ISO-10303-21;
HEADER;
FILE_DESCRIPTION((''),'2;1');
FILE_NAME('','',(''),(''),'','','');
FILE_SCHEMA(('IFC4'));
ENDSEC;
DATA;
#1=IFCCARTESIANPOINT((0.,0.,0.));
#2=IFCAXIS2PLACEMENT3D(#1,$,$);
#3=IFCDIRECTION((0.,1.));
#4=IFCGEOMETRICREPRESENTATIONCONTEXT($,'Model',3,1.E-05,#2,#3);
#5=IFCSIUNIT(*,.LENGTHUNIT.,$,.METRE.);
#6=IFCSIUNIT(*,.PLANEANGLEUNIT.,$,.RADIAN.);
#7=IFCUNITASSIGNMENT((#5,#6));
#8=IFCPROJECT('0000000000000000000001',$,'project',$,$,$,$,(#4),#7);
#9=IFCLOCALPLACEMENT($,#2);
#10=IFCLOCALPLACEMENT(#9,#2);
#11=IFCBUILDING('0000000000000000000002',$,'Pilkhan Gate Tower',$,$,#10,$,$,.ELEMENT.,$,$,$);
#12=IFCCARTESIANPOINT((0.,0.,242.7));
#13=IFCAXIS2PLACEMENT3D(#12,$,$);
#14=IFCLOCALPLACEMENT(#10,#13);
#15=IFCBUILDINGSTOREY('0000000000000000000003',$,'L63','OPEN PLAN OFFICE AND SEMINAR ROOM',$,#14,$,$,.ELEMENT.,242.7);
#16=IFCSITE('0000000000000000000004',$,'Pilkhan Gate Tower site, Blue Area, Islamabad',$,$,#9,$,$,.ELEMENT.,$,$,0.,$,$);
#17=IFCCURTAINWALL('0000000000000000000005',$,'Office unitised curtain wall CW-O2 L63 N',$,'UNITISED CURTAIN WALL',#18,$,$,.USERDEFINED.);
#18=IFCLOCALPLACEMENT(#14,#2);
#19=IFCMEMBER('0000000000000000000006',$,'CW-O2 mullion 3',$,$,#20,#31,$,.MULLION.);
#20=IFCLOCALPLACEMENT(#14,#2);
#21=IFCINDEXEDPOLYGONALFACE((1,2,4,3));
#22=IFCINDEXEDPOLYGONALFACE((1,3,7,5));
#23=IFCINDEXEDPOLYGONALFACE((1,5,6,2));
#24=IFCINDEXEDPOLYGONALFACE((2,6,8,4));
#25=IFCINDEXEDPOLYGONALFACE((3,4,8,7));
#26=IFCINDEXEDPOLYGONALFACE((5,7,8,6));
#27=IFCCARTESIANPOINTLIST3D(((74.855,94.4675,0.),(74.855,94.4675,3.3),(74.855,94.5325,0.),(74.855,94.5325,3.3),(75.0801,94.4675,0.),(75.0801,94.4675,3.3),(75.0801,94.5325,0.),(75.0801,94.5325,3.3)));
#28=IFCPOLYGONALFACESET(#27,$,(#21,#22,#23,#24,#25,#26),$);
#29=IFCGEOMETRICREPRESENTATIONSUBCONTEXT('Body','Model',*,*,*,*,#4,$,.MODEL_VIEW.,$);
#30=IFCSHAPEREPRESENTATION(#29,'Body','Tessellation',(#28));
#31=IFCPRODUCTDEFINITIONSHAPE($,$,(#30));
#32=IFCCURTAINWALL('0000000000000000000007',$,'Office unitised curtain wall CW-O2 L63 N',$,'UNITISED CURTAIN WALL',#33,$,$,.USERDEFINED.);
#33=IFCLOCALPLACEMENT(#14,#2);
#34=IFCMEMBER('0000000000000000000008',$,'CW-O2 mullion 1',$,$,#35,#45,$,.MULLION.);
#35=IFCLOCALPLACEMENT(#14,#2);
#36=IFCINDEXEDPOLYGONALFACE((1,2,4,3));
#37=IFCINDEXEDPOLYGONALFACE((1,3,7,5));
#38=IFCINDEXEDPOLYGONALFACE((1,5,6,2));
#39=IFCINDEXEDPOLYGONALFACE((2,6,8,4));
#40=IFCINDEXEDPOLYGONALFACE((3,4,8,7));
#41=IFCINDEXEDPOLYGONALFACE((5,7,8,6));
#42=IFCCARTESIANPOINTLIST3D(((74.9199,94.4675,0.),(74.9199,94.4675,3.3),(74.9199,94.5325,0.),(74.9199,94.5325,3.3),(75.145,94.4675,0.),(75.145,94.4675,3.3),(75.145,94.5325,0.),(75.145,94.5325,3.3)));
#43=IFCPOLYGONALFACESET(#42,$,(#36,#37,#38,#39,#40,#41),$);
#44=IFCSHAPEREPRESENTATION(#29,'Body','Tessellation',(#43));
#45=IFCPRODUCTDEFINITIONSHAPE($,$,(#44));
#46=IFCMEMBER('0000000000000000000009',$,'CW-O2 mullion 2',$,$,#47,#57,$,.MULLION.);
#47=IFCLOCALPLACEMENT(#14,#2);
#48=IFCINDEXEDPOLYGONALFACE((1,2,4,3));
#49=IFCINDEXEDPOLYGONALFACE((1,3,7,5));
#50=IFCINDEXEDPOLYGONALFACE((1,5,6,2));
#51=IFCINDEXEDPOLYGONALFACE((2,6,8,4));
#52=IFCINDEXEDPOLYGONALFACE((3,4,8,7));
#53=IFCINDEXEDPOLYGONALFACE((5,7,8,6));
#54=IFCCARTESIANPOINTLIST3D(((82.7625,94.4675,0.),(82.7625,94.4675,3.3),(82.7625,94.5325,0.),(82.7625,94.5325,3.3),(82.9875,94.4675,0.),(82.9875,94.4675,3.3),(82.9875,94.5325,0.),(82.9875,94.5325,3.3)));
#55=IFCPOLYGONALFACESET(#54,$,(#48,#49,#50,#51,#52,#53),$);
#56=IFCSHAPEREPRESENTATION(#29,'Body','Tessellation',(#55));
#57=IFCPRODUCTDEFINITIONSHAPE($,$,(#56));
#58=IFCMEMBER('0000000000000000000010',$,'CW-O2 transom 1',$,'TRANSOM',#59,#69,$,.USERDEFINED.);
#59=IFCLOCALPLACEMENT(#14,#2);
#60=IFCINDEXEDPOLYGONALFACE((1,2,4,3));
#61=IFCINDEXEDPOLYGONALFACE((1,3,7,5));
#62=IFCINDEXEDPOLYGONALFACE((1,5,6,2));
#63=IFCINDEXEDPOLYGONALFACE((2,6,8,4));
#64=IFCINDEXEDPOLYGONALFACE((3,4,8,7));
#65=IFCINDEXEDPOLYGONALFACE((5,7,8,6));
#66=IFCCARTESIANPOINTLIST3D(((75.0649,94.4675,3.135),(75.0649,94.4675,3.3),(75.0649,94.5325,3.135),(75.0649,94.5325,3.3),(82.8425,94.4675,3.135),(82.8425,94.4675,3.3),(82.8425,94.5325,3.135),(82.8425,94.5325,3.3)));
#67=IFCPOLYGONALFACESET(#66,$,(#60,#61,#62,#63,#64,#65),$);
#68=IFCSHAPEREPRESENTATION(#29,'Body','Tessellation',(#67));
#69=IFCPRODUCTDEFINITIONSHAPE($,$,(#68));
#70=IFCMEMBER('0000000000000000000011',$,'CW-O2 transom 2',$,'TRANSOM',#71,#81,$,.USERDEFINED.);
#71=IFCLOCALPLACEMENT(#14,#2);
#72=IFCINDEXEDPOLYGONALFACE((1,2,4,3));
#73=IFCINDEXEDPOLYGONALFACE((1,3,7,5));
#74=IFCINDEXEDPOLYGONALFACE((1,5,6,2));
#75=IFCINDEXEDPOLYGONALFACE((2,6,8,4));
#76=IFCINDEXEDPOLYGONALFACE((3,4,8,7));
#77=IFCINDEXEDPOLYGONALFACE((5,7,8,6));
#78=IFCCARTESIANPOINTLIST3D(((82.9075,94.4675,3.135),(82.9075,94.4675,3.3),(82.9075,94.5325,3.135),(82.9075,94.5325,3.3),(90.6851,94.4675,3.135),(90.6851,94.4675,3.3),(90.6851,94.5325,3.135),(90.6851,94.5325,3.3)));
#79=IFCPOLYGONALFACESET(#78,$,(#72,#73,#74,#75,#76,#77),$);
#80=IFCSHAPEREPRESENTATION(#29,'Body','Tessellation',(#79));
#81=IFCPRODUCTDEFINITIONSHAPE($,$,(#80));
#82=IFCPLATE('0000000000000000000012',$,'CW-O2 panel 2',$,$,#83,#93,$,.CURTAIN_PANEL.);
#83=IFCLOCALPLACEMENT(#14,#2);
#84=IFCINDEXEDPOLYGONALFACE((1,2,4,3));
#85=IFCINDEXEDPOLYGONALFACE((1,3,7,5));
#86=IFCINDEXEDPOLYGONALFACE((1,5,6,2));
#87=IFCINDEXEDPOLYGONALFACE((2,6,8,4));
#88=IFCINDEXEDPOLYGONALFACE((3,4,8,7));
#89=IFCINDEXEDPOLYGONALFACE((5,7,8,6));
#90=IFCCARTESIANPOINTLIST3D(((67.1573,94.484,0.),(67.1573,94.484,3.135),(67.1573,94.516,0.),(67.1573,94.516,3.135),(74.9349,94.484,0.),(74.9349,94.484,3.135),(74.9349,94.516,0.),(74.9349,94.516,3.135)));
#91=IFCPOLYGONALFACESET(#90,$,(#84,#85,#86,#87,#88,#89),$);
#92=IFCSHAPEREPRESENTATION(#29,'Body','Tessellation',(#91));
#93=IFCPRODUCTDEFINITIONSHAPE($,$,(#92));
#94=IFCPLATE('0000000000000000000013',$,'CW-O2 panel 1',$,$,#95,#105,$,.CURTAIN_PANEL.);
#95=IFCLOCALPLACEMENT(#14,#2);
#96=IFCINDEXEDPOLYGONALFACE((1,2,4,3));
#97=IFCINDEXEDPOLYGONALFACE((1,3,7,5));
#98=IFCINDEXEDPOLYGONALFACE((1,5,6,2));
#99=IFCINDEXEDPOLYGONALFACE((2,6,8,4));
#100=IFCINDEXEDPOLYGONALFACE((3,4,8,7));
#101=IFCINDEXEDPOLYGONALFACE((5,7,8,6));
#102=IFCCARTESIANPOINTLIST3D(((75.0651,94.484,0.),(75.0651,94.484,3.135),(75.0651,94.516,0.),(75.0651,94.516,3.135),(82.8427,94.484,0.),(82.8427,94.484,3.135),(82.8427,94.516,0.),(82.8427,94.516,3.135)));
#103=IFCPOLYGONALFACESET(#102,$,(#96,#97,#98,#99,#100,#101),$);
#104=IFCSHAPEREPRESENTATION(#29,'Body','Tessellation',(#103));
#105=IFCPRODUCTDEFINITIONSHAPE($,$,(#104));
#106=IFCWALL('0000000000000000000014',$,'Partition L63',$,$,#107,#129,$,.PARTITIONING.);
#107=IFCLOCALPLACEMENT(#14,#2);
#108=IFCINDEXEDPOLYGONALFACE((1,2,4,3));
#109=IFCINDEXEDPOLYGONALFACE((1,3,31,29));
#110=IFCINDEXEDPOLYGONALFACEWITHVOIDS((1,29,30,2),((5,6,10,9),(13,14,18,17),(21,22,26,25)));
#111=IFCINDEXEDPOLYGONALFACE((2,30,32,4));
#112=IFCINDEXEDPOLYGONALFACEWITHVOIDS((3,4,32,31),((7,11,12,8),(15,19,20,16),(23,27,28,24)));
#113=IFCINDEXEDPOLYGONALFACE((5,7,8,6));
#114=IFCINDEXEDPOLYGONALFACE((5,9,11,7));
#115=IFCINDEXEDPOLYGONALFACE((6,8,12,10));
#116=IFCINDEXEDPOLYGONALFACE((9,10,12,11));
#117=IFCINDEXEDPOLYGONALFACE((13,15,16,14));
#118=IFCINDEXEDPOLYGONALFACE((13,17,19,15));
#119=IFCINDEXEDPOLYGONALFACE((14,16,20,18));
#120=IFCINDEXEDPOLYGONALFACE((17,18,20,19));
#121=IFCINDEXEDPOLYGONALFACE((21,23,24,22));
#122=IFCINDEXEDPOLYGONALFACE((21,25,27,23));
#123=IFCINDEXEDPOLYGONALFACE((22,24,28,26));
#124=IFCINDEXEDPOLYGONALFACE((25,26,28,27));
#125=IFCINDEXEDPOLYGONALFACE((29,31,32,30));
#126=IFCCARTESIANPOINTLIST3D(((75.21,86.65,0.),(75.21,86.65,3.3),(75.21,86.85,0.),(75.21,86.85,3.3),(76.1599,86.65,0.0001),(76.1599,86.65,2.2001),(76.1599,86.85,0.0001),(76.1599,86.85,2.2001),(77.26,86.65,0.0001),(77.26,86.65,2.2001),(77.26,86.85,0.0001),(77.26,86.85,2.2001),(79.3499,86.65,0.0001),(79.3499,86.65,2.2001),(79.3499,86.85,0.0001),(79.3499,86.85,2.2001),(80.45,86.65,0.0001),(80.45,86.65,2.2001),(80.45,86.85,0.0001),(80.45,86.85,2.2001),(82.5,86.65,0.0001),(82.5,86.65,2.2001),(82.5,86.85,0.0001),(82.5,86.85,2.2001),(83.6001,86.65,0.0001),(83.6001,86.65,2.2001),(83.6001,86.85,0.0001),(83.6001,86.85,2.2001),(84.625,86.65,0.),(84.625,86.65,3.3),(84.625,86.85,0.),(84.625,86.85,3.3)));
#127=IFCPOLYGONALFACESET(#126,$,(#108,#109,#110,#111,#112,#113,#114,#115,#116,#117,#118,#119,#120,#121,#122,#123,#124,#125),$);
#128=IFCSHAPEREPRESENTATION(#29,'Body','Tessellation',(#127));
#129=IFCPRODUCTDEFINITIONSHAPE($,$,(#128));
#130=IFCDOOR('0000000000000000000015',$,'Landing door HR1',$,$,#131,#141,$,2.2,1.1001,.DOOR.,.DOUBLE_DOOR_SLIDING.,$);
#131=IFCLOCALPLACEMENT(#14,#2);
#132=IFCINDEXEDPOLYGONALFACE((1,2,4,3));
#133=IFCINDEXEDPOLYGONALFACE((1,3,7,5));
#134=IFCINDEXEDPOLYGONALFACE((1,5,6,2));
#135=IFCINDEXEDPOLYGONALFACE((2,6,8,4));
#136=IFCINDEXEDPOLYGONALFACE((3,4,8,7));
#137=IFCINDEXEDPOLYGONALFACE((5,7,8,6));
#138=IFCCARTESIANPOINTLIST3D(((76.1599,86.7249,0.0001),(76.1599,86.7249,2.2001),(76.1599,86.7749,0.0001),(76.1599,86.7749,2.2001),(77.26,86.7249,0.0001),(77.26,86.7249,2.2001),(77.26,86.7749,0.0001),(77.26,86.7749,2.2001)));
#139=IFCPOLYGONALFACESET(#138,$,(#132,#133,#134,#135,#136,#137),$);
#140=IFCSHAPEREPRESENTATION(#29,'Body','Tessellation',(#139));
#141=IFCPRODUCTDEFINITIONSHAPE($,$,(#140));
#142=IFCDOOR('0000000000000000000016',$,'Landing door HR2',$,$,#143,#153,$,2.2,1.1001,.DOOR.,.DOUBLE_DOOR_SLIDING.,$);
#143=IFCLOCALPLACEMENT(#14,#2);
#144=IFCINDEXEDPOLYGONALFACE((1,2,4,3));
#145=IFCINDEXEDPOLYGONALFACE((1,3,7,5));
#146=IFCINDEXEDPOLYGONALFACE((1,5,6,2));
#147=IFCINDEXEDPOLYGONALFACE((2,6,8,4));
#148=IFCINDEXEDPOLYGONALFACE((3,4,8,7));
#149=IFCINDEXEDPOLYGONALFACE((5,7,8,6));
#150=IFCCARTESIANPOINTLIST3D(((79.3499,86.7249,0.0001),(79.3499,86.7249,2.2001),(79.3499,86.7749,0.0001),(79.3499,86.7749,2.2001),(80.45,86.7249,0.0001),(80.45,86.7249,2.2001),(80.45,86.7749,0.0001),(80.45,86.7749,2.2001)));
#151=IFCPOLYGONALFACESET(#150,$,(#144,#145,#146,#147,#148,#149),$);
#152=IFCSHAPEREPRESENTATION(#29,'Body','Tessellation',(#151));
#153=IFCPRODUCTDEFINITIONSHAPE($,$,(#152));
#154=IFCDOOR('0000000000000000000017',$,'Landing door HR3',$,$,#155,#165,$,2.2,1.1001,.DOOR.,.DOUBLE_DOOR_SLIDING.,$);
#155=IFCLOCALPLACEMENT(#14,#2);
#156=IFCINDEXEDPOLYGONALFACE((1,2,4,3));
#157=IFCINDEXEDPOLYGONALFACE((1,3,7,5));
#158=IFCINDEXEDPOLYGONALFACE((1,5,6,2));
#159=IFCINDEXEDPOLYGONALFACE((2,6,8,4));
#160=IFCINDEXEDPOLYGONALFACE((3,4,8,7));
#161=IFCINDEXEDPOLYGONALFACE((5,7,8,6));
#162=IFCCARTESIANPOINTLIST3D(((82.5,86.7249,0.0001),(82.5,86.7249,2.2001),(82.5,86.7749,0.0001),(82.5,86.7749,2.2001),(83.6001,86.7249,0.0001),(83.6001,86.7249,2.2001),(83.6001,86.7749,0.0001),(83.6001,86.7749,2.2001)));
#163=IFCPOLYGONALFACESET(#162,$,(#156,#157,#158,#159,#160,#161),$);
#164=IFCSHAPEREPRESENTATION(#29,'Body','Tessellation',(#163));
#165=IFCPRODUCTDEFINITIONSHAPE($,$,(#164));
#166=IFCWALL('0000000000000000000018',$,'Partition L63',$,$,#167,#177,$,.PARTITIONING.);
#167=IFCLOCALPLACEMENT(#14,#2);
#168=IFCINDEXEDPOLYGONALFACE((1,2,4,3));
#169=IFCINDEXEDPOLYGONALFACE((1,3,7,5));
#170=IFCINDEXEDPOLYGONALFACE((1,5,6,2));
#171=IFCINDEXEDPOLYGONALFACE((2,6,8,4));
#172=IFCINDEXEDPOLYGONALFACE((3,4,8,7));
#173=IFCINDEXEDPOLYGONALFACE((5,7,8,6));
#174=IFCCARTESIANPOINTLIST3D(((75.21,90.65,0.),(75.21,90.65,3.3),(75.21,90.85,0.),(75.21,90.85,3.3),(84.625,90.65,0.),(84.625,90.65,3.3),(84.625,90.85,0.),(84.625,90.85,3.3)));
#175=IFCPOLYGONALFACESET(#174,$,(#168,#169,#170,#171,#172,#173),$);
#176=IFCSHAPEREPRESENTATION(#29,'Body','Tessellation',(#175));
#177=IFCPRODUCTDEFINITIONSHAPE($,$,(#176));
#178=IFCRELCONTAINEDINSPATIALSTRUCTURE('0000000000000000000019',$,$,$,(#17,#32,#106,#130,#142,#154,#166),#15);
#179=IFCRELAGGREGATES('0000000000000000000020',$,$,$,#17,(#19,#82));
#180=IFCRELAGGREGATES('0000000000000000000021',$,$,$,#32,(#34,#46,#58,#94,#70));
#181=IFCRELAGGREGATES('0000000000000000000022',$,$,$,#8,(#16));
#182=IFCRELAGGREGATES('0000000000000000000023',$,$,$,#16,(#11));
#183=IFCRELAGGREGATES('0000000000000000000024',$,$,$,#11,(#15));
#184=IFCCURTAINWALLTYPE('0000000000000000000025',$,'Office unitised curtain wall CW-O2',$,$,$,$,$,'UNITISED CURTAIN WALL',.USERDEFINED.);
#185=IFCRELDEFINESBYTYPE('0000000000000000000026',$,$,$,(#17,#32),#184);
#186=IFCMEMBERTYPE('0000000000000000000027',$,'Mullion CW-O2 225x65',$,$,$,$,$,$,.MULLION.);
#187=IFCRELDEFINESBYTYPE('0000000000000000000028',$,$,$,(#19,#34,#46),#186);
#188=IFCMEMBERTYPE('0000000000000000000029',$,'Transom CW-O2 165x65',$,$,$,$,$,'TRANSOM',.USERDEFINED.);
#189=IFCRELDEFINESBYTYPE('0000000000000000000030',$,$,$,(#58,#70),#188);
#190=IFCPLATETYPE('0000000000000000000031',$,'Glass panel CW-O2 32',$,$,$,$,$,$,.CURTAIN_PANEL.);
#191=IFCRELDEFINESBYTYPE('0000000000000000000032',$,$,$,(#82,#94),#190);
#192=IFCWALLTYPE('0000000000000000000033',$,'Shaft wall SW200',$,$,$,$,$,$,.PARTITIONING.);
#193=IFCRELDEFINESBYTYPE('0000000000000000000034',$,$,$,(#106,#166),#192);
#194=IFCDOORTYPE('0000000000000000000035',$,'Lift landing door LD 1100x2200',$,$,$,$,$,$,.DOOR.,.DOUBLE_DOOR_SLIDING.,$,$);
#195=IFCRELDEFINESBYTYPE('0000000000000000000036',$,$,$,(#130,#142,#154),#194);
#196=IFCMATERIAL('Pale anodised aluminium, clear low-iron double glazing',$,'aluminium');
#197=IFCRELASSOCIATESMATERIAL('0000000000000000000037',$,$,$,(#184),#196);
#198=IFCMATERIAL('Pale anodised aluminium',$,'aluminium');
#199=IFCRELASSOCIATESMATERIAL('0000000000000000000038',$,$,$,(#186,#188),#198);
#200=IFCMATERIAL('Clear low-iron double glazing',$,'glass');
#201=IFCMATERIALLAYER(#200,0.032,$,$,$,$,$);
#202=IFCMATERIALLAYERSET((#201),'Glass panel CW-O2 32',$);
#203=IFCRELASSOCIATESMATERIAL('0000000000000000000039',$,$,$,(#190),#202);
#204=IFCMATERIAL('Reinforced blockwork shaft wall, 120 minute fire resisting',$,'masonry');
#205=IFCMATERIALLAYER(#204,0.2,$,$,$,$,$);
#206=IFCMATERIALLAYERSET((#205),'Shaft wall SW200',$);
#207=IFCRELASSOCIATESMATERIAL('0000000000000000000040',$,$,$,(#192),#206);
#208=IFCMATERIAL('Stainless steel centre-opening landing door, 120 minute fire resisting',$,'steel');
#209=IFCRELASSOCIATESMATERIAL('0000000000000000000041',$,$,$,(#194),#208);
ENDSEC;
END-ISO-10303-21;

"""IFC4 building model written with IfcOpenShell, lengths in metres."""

from ifc_helpers import new_model, si_unit, direction, frame, frame_2d, origin, origin_2d, place, context, subcontext, project, spatial, rectangle, extrude, material, layer, layer_set, material_profile, profile_set, type_object, element, fill, aggregate, save


model = new_model("IFC4")

# Units and contexts
model_context = context("Model", 3, precision=1e-05, world=origin(), true_north=direction((0.0, 1.0)))
body_context = subcontext(model_context, "Body", "Model", "MODEL_VIEW")
ifc_project = project(units=[si_unit("LENGTHUNIT", "METRE"), si_unit("PLANEANGLEUNIT", "RADIAN")], contexts=[model_context])

# Site, building, storey
site_placement = place(None, origin())
site = spatial("IfcSite", under=ifc_project, at=site_placement, Name="Pilkhan Gate Tower site, Blue Area, Islamabad", CompositionType="ELEMENT", RefElevation=0.0)
building_placement = place(site_placement, origin())
building = spatial("IfcBuilding", under=site, at=building_placement, Name="Pilkhan Gate Tower", CompositionType="ELEMENT")
storey_placement = place(building_placement, frame((0.0, 0.0, 242.7)))
storey = spatial("IfcBuildingStorey", under=building, at=storey_placement, Name="L63", Description="OPEN PLAN OFFICE AND SEMINAR ROOM", CompositionType="ELEMENT", Elevation=242.7)

# Curtain wall, member
ifc_material_1 = material(Name="Pale anodised aluminium, clear low-iron double glazing", Category="aluminium")
curtain_wall_type = type_object("IfcCurtainWallType", Name="Office unitised curtain wall CW-O2", ElementType="UNITISED CURTAIN WALL", PredefinedType="USERDEFINED", material=ifc_material_1)
curtain_wall_1_placement = place(storey_placement, origin())
curtain_wall_1 = element("IfcCurtainWall", 1, at=curtain_wall_1_placement, inside=storey, type_object=curtain_wall_type, Name="Office unitised curtain wall CW-O2 L63 N", ObjectType="UNITISED CURTAIN WALL", PredefinedType="USERDEFINED")
ifc_material_2 = material(Name="Pale anodised aluminium", Category="aluminium")
ifc_material_profile_1 = material_profile(ifc_material_2, rectangle(XDim=0.0649, YDim=0.2251, at=origin_2d()), Name="Mullion 225x65")
ifc_profile_set_1 = profile_set([ifc_material_profile_1], Name="Pale anodised aluminium")
member_type_1 = type_object("IfcMemberType", Name="Mullion CW-O2 225x65", PredefinedType="MULLION", material=ifc_profile_set_1)
member_1_placement = place(storey_placement, frame((74.9675, 94.5, 0.0), z_axis=(0.0, 0.0, 1.0), x_axis=(0.0, 1.0, 0.0)))
member_1 = element("IfcMember", 2, at=member_1_placement, type_object=member_type_1, Name="CW-O2 mullion 3", PredefinedType="MULLION", context=body_context, shape_type="SweptSolid", body=[
    extrude(rectangle(XDim=0.0649, YDim=0.2251, at=origin_2d()), origin(), (0.0, 0.0, 1.0), 3.3),
])

# Curtain wall, members
curtain_wall_2_placement = place(storey_placement, origin())
curtain_wall_2 = element("IfcCurtainWall", 3, at=curtain_wall_2_placement, inside=storey, type_object=curtain_wall_type, Name="Office unitised curtain wall CW-O2 L63 N", ObjectType="UNITISED CURTAIN WALL", PredefinedType="USERDEFINED")
member_2_placement = place(storey_placement, frame((75.0325, 94.5, 0.0), z_axis=(0.0, 0.0, 1.0), x_axis=(0.0, 1.0, 0.0)))
member_2 = element("IfcMember", 4, at=member_2_placement, type_object=member_type_1, Name="CW-O2 mullion 1", PredefinedType="MULLION", context=body_context, shape_type="SweptSolid", body=[
    extrude(rectangle(XDim=0.0649, YDim=0.2251, at=origin_2d()), origin(), (0.0, 0.0, 1.0), 3.3),
])
member_3_placement = place(storey_placement, frame((82.875, 94.5, 0.0), z_axis=(0.0, 0.0, 1.0), x_axis=(0.0, 1.0, 0.0)))
member_3 = element("IfcMember", 5, at=member_3_placement, type_object=member_type_1, Name="CW-O2 mullion 2", PredefinedType="MULLION", context=body_context, shape_type="SweptSolid", body=[
    extrude(rectangle(XDim=0.0649, YDim=0.2251, at=origin_2d()), origin(), (0.0, 0.0, 1.0), 3.3),
])
ifc_material_profile_2 = material_profile(ifc_material_2, rectangle(XDim=0.0649, YDim=0.165, at=origin_2d()), Name="Transom 165x65")
ifc_profile_set_2 = profile_set([ifc_material_profile_2], Name="Pale anodised aluminium")
member_type_2 = type_object("IfcMemberType", Name="Transom CW-O2 165x65", ElementType="TRANSOM", PredefinedType="USERDEFINED", material=ifc_profile_set_2)
member_4_placement = place(storey_placement, frame((75.0649, 94.5, 3.2175), z_axis=(1.0, 0.0, 0.0), x_axis=(0.0, 1.0, 0.0)))
member_4 = element("IfcMember", 6, at=member_4_placement, type_object=member_type_2, Name="CW-O2 transom 1", ObjectType="TRANSOM", PredefinedType="USERDEFINED", context=body_context, shape_type="SweptSolid", body=[
    extrude(rectangle(XDim=0.0649, YDim=0.165, at=origin_2d()), origin(), (0.0, 0.0, 1.0), 7.7776),
])
member_5_placement = place(storey_placement, frame((82.9075, 94.5, 3.2175), z_axis=(1.0, 0.0, 0.0), x_axis=(0.0, 1.0, 0.0)))
member_5 = element("IfcMember", 7, at=member_5_placement, type_object=member_type_2, Name="CW-O2 transom 2", ObjectType="TRANSOM", PredefinedType="USERDEFINED", context=body_context, shape_type="SweptSolid", body=[
    extrude(rectangle(XDim=0.0649, YDim=0.165, at=origin_2d()), origin(), (0.0, 0.0, 1.0), 7.7776),
])

# Plates
ifc_material_3 = material(Name="Clear low-iron double glazing", Category="glass")
ifc_layer_1 = layer(ifc_material_3, 0.032)
ifc_layer_set_1 = layer_set([ifc_layer_1], Name="Glass panel CW-O2 32")
plate_type = type_object("IfcPlateType", Name="Glass panel CW-O2 32", PredefinedType="CURTAIN_PANEL", material=ifc_layer_set_1)
plate_1_placement = place(storey_placement, frame((71.0461, 94.5, 0.0), z_axis=(0.0, 0.0, 1.0), x_axis=(1.0, 0.0, 0.0)))
plate_1 = element("IfcPlate", 8, at=plate_1_placement, type_object=plate_type, Name="CW-O2 panel 2", PredefinedType="CURTAIN_PANEL", context=body_context, shape_type="SweptSolid", body=[
    extrude(rectangle(XDim=7.7776, YDim=0.032, at=origin_2d()), origin(), (0.0, 0.0, 1.0), 3.135),
])
aggregate(curtain_wall_1, [member_1, plate_1])
plate_2_placement = place(storey_placement, frame((78.9539, 94.5, 0.0), z_axis=(0.0, 0.0, 1.0), x_axis=(1.0, 0.0, 0.0)))
plate_2 = element("IfcPlate", 9, at=plate_2_placement, type_object=plate_type, Name="CW-O2 panel 1", PredefinedType="CURTAIN_PANEL", context=body_context, shape_type="SweptSolid", body=[
    extrude(rectangle(XDim=7.7776, YDim=0.032, at=origin_2d()), origin(), (0.0, 0.0, 1.0), 3.135),
])
aggregate(curtain_wall_2, [member_2, member_3, member_4, plate_2, member_5])

# Wall, openings, doors
ifc_material_4 = material(Name="Reinforced blockwork shaft wall, 120 minute fire resisting", Category="masonry")
ifc_layer_2 = layer(ifc_material_4, 0.2)
ifc_layer_set_2 = layer_set([ifc_layer_2], Name="Shaft wall SW200")
wall_type_1 = type_object("IfcWallType", Name="Shaft wall SW200", PredefinedType="PARTITIONING", material=ifc_layer_set_2)
wall_1_placement = place(storey_placement, frame((75.21, 86.75, 0.0), z_axis=(0.0, 0.0, 1.0), x_axis=(1.0, 0.0, 0.0)))
wall_1 = element("IfcWall", 10, at=wall_1_placement, inside=storey, type_object=wall_type_1, Name="Partition L63", PredefinedType="PARTITIONING", context=body_context, shape_type="SweptSolid", body=[
    extrude(rectangle(XDim=9.415, YDim=0.2, at=frame_2d((4.7075, 0.0))), origin(), (0.0, 0.0, 1.0), 3.3),
])
opening_1_placement = place(wall_1_placement, frame((0.95, 0.0, 0.0)))
opening_1 = element("IfcOpeningElement", 11, at=opening_1_placement, cuts=wall_1, PredefinedType="OPENING", context=body_context, shape_type="SweptSolid", body=[
    extrude(rectangle(XDim=1.1001, YDim=2.2, at=frame_2d((0.55, 1.1001))), frame((0.0, 0.1099, 0.0), z_axis=(0.0, -1.0, 0.0), x_axis=(1.0, 0.0, 0.0)), (0.0, 0.0, 1.0), 0.22),
])
opening_2_placement = place(wall_1_placement, frame((4.1399, 0.0, 0.0)))
opening_2 = element("IfcOpeningElement", 12, at=opening_2_placement, cuts=wall_1, PredefinedType="OPENING", context=body_context, shape_type="SweptSolid", body=[
    extrude(rectangle(XDim=1.1001, YDim=2.2, at=frame_2d((0.55, 1.1001))), frame((0.0, 0.1099, 0.0), z_axis=(0.0, -1.0, 0.0), x_axis=(1.0, 0.0, 0.0)), (0.0, 0.0, 1.0), 0.22),
])
opening_3_placement = place(wall_1_placement, frame((7.29, 0.0, 0.0)))
opening_3 = element("IfcOpeningElement", 13, at=opening_3_placement, cuts=wall_1, PredefinedType="OPENING", context=body_context, shape_type="SweptSolid", body=[
    extrude(rectangle(XDim=1.1001, YDim=2.2, at=frame_2d((0.55, 1.1001))), frame((0.0, 0.1099, 0.0), z_axis=(0.0, -1.0, 0.0), x_axis=(1.0, 0.0, 0.0)), (0.0, 0.0, 1.0), 0.22),
])
ifc_material_5 = material(Name="Stainless steel centre-opening landing door, 120 minute fire resisting", Category="steel")
door_type = type_object("IfcDoorType", Name="Lift landing door LD 1100x2200", OperationType="DOUBLE_DOOR_SLIDING", PredefinedType="DOOR", material=ifc_material_5)
door_1_placement = place(opening_1_placement, origin())
door_1 = element("IfcDoor", 14, at=door_1_placement, inside=storey, type_object=door_type, Name="Landing door HR1", OperationType="DOUBLE_DOOR_SLIDING", OverallHeight=2.2, OverallWidth=1.1001, PredefinedType="DOOR", context=body_context, shape_type="SweptSolid", body=[
    extrude(rectangle(XDim=1.1001, YDim=2.2, at=frame_2d((0.55, 1.1001))), frame((0.0, 0.0249, 0.0), z_axis=(0.0, -1.0, 0.0), x_axis=(1.0, 0.0, 0.0)), (0.0, 0.0, 1.0), 0.05),
])
fill(opening_1, door_1)
door_2_placement = place(opening_2_placement, origin())
door_2 = element("IfcDoor", 15, at=door_2_placement, inside=storey, type_object=door_type, Name="Landing door HR2", OperationType="DOUBLE_DOOR_SLIDING", OverallHeight=2.2, OverallWidth=1.1001, PredefinedType="DOOR", context=body_context, shape_type="SweptSolid", body=[
    extrude(rectangle(XDim=1.1001, YDim=2.2, at=frame_2d((0.55, 1.1001))), frame((0.0, 0.0249, 0.0), z_axis=(0.0, -1.0, 0.0), x_axis=(1.0, 0.0, 0.0)), (0.0, 0.0, 1.0), 0.05),
])
fill(opening_2, door_2)
door_3_placement = place(opening_3_placement, origin())
door_3 = element("IfcDoor", 16, at=door_3_placement, inside=storey, type_object=door_type, Name="Landing door HR3", OperationType="DOUBLE_DOOR_SLIDING", OverallHeight=2.2, OverallWidth=1.1001, PredefinedType="DOOR", context=body_context, shape_type="SweptSolid", body=[
    extrude(rectangle(XDim=1.1001, YDim=2.2, at=frame_2d((0.55, 1.1001))), frame((0.0, 0.0249, 0.0), z_axis=(0.0, -1.0, 0.0), x_axis=(1.0, 0.0, 0.0)), (0.0, 0.0, 1.0), 0.05),
])
fill(opening_3, door_3)

# Wall
wall_2_placement = place(storey_placement, frame((75.21, 90.75, 0.0), z_axis=(0.0, 0.0, 1.0), x_axis=(1.0, 0.0, 0.0)))
element("IfcWall", 17, at=wall_2_placement, inside=storey, type_object=wall_type_1, Name="Partition L63", PredefinedType="PARTITIONING", context=body_context, shape_type="SweptSolid", body=[
    extrude(rectangle(XDim=9.415, YDim=0.2, at=frame_2d((4.7075, 0.0))), origin(), (0.0, 0.0, 1.0), 3.3),
])

save(model, "model.ifc")
